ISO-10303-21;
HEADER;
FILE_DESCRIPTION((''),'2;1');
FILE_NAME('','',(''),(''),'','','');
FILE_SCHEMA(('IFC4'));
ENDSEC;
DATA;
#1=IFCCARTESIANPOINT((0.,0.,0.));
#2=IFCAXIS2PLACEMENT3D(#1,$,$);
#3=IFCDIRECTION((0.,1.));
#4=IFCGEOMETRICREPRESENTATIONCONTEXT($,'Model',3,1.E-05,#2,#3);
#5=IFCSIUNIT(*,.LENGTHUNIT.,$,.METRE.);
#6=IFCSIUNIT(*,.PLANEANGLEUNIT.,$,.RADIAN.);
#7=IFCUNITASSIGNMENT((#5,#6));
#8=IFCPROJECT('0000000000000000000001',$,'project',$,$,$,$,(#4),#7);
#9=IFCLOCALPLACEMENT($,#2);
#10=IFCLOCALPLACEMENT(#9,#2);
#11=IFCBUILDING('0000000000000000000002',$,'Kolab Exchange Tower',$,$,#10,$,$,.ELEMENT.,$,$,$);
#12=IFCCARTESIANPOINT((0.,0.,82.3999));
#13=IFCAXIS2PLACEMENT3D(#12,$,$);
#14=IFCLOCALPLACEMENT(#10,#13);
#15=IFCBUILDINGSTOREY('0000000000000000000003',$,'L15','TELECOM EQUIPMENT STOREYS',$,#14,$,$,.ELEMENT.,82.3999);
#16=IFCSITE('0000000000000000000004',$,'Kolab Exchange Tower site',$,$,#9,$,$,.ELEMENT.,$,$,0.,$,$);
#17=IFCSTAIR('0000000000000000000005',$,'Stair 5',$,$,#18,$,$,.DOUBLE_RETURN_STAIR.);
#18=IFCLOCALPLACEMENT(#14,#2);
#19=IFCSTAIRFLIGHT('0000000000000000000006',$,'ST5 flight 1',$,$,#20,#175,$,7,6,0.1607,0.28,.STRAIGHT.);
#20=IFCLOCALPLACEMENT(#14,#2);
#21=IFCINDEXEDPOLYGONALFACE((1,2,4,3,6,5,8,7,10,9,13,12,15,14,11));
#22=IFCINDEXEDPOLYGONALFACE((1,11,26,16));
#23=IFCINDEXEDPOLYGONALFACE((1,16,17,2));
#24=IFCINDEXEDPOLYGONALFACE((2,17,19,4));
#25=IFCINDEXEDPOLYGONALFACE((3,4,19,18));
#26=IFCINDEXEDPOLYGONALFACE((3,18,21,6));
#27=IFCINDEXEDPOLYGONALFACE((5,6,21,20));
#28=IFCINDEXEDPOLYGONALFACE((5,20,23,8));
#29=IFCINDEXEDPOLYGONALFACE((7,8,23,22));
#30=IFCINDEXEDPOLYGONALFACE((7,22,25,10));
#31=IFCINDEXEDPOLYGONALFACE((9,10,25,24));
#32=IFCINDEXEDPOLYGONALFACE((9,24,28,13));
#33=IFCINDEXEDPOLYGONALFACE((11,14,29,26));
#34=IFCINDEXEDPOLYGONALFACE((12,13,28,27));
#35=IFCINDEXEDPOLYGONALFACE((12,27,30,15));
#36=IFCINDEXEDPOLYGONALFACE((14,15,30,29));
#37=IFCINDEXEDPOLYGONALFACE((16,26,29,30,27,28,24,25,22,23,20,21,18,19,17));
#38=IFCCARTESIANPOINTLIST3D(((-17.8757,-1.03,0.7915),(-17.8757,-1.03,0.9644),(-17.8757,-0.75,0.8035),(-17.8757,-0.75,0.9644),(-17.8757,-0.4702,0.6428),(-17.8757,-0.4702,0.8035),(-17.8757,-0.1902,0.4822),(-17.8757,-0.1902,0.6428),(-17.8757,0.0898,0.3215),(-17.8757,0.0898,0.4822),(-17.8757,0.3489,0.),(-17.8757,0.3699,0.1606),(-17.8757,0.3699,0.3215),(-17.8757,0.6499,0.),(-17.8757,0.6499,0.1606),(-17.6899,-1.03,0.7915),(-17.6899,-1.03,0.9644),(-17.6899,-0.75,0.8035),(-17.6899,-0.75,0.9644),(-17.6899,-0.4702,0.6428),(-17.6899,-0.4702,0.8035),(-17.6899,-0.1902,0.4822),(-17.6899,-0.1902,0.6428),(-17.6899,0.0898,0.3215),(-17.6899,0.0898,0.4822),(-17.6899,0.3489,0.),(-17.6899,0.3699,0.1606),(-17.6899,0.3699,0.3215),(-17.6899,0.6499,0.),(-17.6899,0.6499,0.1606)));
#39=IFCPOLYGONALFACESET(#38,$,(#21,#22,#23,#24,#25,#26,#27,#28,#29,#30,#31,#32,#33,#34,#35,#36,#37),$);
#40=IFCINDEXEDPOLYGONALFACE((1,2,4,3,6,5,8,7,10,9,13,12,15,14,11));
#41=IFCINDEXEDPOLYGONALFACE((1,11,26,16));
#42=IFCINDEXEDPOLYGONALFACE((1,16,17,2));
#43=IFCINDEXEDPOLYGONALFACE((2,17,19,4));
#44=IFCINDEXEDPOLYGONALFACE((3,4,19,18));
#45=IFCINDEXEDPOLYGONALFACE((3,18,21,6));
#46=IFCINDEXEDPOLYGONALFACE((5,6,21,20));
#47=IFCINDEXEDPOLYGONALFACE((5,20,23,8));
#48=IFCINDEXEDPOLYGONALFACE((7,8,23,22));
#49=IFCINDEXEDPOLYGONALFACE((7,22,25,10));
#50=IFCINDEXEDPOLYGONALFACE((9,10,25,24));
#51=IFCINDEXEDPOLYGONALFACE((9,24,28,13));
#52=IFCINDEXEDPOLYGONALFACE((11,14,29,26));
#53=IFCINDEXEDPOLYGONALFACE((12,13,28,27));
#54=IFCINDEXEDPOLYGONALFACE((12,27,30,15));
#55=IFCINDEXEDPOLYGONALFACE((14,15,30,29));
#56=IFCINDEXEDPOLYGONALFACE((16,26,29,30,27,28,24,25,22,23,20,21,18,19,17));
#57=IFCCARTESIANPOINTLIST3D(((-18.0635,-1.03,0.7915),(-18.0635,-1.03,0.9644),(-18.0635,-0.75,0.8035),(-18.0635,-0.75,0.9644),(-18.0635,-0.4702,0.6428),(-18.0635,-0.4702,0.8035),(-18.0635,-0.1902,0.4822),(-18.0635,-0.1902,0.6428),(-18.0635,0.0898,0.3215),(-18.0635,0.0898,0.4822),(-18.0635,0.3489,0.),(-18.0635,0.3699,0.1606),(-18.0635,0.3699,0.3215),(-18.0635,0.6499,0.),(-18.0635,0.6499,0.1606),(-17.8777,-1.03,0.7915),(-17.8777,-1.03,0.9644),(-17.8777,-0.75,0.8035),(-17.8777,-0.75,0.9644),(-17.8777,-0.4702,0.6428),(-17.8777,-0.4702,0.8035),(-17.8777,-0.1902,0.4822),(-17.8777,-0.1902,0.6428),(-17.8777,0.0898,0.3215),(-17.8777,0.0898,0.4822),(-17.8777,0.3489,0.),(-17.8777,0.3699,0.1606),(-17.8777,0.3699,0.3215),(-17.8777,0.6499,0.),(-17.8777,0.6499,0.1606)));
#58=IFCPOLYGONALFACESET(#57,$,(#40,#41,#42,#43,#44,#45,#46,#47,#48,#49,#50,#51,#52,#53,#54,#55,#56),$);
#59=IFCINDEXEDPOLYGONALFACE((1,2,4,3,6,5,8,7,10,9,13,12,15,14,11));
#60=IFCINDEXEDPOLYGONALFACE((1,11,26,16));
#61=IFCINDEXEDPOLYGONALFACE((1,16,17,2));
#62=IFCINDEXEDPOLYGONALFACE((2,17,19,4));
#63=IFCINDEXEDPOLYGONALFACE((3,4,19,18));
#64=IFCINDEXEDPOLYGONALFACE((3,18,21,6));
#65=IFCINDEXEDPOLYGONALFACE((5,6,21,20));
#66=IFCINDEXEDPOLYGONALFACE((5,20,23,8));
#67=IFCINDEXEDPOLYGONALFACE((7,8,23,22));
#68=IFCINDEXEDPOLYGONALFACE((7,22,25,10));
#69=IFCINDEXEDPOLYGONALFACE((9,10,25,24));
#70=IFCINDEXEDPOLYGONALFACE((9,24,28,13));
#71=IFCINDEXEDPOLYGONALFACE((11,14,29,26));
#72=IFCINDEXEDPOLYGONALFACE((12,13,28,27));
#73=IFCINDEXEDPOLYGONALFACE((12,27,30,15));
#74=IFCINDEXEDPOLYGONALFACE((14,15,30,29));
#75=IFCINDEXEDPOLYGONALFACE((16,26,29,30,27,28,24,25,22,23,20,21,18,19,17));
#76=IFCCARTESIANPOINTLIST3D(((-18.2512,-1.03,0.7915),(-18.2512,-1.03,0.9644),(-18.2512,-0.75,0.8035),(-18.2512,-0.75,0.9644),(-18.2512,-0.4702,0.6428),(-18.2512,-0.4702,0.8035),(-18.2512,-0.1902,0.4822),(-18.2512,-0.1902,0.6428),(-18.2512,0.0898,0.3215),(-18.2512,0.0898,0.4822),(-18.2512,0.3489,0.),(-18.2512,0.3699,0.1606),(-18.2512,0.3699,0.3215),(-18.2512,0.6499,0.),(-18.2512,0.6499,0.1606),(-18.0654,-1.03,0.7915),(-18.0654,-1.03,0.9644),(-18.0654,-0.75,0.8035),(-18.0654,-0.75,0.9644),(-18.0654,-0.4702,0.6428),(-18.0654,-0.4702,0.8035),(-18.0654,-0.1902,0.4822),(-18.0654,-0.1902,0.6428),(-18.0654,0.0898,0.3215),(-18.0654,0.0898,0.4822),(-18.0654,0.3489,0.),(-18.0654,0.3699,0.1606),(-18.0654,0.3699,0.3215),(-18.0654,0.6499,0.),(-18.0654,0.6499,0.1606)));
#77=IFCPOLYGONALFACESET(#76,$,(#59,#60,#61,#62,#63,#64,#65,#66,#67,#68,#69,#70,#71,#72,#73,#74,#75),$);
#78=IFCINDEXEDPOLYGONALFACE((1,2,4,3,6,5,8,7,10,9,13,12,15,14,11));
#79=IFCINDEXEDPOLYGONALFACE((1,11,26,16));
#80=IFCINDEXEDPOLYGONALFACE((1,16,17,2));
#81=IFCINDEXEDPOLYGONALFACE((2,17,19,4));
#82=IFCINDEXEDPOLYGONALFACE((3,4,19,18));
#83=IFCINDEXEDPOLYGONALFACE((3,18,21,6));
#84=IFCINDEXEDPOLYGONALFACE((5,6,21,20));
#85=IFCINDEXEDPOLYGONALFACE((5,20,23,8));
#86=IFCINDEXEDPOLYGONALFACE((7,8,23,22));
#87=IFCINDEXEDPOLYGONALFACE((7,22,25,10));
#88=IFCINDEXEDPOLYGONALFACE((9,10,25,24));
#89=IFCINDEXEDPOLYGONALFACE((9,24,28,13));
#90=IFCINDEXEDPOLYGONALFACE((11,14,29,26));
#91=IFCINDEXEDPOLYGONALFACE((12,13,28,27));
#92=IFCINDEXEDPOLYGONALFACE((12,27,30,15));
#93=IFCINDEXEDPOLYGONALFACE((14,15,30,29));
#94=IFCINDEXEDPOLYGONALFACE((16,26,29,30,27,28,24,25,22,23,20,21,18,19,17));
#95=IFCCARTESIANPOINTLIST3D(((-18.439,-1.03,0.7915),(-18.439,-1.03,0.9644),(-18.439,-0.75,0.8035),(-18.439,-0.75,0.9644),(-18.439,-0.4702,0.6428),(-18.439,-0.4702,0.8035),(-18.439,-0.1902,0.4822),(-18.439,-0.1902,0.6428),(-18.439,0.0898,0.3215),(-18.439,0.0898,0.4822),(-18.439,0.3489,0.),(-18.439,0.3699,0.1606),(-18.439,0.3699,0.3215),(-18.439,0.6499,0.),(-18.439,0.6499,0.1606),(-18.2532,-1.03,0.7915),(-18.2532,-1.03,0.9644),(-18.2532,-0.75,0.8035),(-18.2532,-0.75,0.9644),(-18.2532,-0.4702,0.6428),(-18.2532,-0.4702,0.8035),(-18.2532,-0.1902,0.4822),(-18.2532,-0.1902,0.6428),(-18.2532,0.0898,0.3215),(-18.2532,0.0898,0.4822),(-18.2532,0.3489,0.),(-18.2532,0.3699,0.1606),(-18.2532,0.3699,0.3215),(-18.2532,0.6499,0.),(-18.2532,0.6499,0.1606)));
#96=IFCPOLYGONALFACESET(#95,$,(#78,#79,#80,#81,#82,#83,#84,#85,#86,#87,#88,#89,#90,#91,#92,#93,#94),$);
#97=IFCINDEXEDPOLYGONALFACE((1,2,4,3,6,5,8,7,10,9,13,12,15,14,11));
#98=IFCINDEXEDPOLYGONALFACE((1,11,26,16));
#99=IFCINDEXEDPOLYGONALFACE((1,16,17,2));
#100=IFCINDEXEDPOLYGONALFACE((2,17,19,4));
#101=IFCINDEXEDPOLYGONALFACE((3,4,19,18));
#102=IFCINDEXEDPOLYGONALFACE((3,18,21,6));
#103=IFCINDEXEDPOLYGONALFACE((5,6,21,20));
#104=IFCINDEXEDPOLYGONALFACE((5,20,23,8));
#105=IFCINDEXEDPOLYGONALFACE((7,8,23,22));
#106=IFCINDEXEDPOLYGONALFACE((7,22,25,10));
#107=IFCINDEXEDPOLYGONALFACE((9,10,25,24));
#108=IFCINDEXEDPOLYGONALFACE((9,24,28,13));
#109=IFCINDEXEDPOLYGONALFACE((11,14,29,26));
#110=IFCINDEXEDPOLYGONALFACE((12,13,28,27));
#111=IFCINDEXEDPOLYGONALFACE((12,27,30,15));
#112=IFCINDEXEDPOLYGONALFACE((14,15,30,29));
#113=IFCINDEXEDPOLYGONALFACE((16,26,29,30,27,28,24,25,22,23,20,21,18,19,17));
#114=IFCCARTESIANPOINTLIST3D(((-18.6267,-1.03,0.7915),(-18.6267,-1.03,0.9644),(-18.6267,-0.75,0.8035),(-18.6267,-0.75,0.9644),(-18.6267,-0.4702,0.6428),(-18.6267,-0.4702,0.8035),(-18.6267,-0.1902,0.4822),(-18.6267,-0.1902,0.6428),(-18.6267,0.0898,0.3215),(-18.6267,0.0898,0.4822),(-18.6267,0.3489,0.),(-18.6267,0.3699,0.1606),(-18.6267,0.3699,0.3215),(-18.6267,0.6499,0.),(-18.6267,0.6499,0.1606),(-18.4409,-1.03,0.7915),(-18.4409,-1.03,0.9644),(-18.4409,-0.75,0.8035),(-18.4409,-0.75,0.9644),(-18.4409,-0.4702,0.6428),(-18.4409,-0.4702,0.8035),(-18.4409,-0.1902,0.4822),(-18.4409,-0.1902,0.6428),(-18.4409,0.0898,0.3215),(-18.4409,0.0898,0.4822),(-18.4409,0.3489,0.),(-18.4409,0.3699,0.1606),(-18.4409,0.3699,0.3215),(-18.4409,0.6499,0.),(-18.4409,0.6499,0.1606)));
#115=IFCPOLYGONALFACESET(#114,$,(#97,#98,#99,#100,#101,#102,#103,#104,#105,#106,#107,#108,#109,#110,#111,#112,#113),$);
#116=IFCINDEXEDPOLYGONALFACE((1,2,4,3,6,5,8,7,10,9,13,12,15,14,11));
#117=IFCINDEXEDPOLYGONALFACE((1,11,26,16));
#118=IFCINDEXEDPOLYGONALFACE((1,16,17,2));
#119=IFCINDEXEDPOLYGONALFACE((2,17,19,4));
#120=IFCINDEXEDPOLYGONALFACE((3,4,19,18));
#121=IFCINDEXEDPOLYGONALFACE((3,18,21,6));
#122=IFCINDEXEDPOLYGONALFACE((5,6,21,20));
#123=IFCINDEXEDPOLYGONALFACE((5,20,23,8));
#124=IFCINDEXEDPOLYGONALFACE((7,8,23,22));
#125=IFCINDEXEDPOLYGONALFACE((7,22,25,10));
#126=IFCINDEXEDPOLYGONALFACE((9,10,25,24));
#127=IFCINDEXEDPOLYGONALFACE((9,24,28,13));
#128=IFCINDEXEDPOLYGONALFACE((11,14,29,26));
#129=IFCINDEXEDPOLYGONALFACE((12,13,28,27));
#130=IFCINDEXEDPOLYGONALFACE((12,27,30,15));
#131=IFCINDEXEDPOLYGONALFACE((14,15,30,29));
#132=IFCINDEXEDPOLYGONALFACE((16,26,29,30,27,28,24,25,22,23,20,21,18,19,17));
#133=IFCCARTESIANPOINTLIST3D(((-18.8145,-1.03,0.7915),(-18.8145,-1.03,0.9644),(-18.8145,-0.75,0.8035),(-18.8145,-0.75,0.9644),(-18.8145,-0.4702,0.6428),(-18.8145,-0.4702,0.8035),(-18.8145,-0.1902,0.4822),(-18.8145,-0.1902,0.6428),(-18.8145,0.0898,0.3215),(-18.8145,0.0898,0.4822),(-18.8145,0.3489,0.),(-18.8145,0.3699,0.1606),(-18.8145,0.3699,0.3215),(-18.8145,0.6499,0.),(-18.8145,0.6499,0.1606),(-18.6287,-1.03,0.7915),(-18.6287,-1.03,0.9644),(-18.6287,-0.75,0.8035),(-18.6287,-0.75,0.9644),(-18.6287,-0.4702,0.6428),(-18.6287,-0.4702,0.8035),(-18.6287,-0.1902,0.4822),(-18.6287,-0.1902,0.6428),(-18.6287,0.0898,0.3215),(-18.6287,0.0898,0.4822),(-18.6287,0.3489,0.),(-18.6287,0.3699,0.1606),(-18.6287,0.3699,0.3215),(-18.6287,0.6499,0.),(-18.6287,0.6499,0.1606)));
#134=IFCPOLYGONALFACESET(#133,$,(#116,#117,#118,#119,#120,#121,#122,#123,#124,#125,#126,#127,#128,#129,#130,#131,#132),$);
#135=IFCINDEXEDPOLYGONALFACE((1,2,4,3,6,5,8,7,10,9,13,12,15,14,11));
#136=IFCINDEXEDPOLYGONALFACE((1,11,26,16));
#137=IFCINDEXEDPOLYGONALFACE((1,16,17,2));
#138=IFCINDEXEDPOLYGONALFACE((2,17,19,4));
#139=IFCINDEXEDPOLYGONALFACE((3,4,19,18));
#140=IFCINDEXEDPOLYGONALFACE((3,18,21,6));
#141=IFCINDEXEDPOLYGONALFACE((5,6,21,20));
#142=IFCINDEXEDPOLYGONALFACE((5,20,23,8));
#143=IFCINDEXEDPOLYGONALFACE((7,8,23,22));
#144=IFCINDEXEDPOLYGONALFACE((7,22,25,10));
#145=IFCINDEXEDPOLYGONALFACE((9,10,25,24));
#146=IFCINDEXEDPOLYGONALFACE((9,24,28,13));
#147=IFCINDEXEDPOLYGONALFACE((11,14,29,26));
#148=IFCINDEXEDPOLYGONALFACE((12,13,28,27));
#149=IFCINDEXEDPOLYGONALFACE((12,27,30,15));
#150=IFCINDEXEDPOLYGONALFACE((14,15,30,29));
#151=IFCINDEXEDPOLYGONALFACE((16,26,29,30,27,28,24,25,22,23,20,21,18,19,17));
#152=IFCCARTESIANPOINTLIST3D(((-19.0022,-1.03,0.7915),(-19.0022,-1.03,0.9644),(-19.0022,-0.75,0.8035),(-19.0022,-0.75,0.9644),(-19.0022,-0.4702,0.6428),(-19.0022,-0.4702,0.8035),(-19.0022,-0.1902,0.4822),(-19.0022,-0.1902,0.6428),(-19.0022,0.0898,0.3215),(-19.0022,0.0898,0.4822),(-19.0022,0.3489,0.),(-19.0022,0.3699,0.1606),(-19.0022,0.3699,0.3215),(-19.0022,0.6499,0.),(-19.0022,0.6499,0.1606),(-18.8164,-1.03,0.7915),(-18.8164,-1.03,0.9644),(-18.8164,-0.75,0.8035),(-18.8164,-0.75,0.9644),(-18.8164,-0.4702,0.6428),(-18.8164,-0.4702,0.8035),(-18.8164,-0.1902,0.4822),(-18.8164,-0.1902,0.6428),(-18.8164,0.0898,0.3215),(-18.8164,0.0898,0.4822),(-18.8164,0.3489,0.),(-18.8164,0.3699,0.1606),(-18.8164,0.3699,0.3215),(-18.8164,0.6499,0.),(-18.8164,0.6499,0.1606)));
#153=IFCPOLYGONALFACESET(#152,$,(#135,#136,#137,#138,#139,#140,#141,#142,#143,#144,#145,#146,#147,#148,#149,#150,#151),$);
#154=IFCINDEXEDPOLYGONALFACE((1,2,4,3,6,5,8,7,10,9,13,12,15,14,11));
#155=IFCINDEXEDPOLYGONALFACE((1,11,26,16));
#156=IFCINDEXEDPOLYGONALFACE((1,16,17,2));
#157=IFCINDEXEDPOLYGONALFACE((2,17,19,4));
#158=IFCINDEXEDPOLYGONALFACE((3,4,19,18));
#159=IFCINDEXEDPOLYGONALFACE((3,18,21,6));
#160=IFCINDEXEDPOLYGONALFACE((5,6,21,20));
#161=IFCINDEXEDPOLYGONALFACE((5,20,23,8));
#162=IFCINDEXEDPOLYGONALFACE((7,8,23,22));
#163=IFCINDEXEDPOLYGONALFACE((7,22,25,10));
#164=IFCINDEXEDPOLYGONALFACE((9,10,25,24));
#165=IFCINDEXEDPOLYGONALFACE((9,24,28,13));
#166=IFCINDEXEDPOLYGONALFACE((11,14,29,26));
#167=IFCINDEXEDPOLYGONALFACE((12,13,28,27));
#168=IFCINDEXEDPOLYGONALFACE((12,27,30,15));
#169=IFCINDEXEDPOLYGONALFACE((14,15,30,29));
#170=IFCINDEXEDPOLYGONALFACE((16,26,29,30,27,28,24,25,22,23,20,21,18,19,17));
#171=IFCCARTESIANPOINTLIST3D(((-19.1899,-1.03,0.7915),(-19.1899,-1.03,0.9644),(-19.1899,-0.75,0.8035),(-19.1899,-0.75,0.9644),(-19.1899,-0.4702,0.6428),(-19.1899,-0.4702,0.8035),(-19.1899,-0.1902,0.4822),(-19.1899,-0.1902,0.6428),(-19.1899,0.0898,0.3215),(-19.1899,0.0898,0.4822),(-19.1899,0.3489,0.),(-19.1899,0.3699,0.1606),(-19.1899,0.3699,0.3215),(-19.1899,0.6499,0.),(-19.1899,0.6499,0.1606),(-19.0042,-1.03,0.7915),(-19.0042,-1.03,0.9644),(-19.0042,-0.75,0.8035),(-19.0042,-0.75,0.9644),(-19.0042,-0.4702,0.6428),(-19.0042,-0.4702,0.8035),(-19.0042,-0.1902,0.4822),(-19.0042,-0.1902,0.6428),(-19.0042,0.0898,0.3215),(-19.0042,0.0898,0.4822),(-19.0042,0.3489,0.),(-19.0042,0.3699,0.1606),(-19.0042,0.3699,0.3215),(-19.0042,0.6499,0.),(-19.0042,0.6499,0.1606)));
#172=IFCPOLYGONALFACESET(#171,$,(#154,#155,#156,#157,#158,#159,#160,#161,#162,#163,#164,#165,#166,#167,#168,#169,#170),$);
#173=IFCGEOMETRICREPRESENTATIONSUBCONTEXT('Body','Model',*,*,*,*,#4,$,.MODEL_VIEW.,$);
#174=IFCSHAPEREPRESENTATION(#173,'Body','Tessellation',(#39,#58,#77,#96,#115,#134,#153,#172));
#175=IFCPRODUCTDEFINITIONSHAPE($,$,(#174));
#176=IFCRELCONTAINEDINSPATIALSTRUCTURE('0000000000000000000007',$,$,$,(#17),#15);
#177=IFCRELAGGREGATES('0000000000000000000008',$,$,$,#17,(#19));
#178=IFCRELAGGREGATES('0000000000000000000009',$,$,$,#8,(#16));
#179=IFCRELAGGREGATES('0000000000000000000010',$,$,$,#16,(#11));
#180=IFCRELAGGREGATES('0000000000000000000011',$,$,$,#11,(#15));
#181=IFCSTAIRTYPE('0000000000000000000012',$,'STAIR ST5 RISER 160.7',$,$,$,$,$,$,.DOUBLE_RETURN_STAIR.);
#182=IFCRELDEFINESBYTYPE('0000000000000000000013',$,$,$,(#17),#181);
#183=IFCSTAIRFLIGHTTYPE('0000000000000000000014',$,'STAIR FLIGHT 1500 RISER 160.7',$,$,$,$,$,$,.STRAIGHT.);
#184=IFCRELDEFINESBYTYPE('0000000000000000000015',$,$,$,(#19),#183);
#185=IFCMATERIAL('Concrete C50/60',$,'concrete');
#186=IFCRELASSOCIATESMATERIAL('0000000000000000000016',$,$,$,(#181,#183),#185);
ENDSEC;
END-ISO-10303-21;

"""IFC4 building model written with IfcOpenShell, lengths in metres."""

from ifc_helpers import new_model, si_unit, direction, frame, origin, place, context, subcontext, project, spatial, polyline, outline, extrude, material, type_object, element, aggregate, save


model = new_model("IFC4")

# Units and contexts
model_context = context("Model", 3, precision=1e-05, world=origin(), true_north=direction((0.0, 1.0)))
body_context = subcontext(model_context, "Body", "Model", "MODEL_VIEW")
ifc_project = project(units=[si_unit("LENGTHUNIT", "METRE"), si_unit("PLANEANGLEUNIT", "RADIAN")], contexts=[model_context])

# Site, building, storey
site_placement = place(None, origin())
site = spatial("IfcSite", under=ifc_project, at=site_placement, Name="Kolab Exchange Tower site", CompositionType="ELEMENT", RefElevation=0.0)
building_placement = place(site_placement, origin())
building = spatial("IfcBuilding", under=site, at=building_placement, Name="Kolab Exchange Tower", CompositionType="ELEMENT")
storey_placement = place(building_placement, frame((0.0, 0.0, 82.3999)))
storey = spatial("IfcBuildingStorey", under=building, at=storey_placement, Name="L15", Description="TELECOM EQUIPMENT STOREYS", CompositionType="ELEMENT", Elevation=82.3999)

# Shared definitions
ifc_material_1 = material(Name="Concrete C50/60", Category="concrete")

# Stair, stair flight
stair_type = type_object("IfcStairType", Name="STAIR ST5 RISER 160.7", PredefinedType="DOUBLE_RETURN_STAIR", material=ifc_material_1)
stair_placement = place(storey_placement, origin())
stair = element("IfcStair", 1, at=stair_placement, inside=storey, type_object=stair_type, Name="Stair 5", PredefinedType="DOUBLE_RETURN_STAIR")
stair_flight_type = type_object("IfcStairFlightType", Name="STAIR FLIGHT 1500 RISER 160.7", PredefinedType="STRAIGHT", material=ifc_material_1)
stair_flight_1_placement = place(storey_placement, frame((-18.4399, 0.6499, 0.0), z_axis=(0.0, 0.0, 1.0), x_axis=(0.0, -1.0, 0.0)))
stair_flight_1 = element("IfcStairFlight", 2, at=stair_flight_1_placement, type_object=stair_flight_type, Name="ST5 flight 1", NumberOfRisers=7, NumberOfTreads=6, PredefinedType="STRAIGHT", RiserHeight=0.1607, TreadLength=0.28, context=body_context, shape_type="SweptSolid", body=[
    extrude(outline(polyline([(0.0, 0.0), (0.0, 0.1606), (0.28, 0.1606), (0.28, 0.3215), (0.5601, 0.3215), (0.5601, 0.4822), (0.8401, 0.4822), (0.8401, 0.6428), (1.1201, 0.6428), (1.1201, 0.8035), (1.3999, 0.8035), (1.3999, 0.9644), (1.6799, 0.9644), (1.6799, 1.125), (1.6799, 0.7915), (0.301, 0.0), (0.0, 0.0)])), frame((0.0, 0.75, 0.0), z_axis=(0.0, -1.0, 0.0), x_axis=(1.0, 0.0, 0.0)), (0.0, 0.0, 1.0), 0.1858),
    extrude(outline(polyline([(0.0, 0.0), (0.0, 0.1606), (0.28, 0.1606), (0.28, 0.3215), (0.5601, 0.3215), (0.5601, 0.4822), (0.8401, 0.4822), (0.8401, 0.6428), (1.1201, 0.6428), (1.1201, 0.8035), (1.3999, 0.8035), (1.3999, 0.9644), (1.6799, 0.9644), (1.6799, 1.125), (1.6799, 0.7915), (0.301, 0.0), (0.0, 0.0)])), frame((0.0, 0.5623, 0.0), z_axis=(0.0, -1.0, 0.0), x_axis=(1.0, 0.0, 0.0)), (0.0, 0.0, 1.0), 0.1858),
    extrude(outline(polyline([(0.0, 0.0), (0.0, 0.1606), (0.28, 0.1606), (0.28, 0.3215), (0.5601, 0.3215), (0.5601, 0.4822), (0.8401, 0.4822), (0.8401, 0.6428), (1.1201, 0.6428), (1.1201, 0.8035), (1.3999, 0.8035), (1.3999, 0.9644), (1.6799, 0.9644), (1.6799, 1.125), (1.6799, 0.7915), (0.301, 0.0), (0.0, 0.0)])), frame((0.0, 0.3745, 0.0), z_axis=(0.0, -1.0, 0.0), x_axis=(1.0, 0.0, 0.0)), (0.0, 0.0, 1.0), 0.1858),
    extrude(outline(polyline([(0.0, 0.0), (0.0, 0.1606), (0.28, 0.1606), (0.28, 0.3215), (0.5601, 0.3215), (0.5601, 0.4822), (0.8401, 0.4822), (0.8401, 0.6428), (1.1201, 0.6428), (1.1201, 0.8035), (1.3999, 0.8035), (1.3999, 0.9644), (1.6799, 0.9644), (1.6799, 1.125), (1.6799, 0.7915), (0.301, 0.0), (0.0, 0.0)])), frame((0.0, 0.1868, 0.0), z_axis=(0.0, -1.0, 0.0), x_axis=(1.0, 0.0, 0.0)), (0.0, 0.0, 1.0), 0.1858),
    extrude(outline(polyline([(0.0, 0.0), (0.0, 0.1606), (0.28, 0.1606), (0.28, 0.3215), (0.5601, 0.3215), (0.5601, 0.4822), (0.8401, 0.4822), (0.8401, 0.6428), (1.1201, 0.6428), (1.1201, 0.8035), (1.3999, 0.8035), (1.3999, 0.9644), (1.6799, 0.9644), (1.6799, 1.125), (1.6799, 0.7915), (0.301, 0.0), (0.0, 0.0)])), frame((0.0, -0.001, 0.0), z_axis=(0.0, -1.0, 0.0), x_axis=(1.0, 0.0, 0.0)), (0.0, 0.0, 1.0), 0.1858),
    extrude(outline(polyline([(0.0, 0.0), (0.0, 0.1606), (0.28, 0.1606), (0.28, 0.3215), (0.5601, 0.3215), (0.5601, 0.4822), (0.8401, 0.4822), (0.8401, 0.6428), (1.1201, 0.6428), (1.1201, 0.8035), (1.3999, 0.8035), (1.3999, 0.9644), (1.6799, 0.9644), (1.6799, 1.125), (1.6799, 0.7915), (0.301, 0.0), (0.0, 0.0)])), frame((0.0, -0.1887, 0.0), z_axis=(0.0, -1.0, 0.0), x_axis=(1.0, 0.0, 0.0)), (0.0, 0.0, 1.0), 0.1858),
    extrude(outline(polyline([(0.0, 0.0), (0.0, 0.1606), (0.28, 0.1606), (0.28, 0.3215), (0.5601, 0.3215), (0.5601, 0.4822), (0.8401, 0.4822), (0.8401, 0.6428), (1.1201, 0.6428), (1.1201, 0.8035), (1.3999, 0.8035), (1.3999, 0.9644), (1.6799, 0.9644), (1.6799, 1.125), (1.6799, 0.7915), (0.301, 0.0), (0.0, 0.0)])), frame((0.0, -0.3765, 0.0), z_axis=(0.0, -1.0, 0.0), x_axis=(1.0, 0.0, 0.0)), (0.0, 0.0, 1.0), 0.1858),
    extrude(outline(polyline([(0.0, 0.0), (0.0, 0.1606), (0.28, 0.1606), (0.28, 0.3215), (0.5601, 0.3215), (0.5601, 0.4822), (0.8401, 0.4822), (0.8401, 0.6428), (1.1201, 0.6428), (1.1201, 0.8035), (1.3999, 0.8035), (1.3999, 0.9644), (1.6799, 0.9644), (1.6799, 1.125), (1.6799, 0.7915), (0.301, 0.0), (0.0, 0.0)])), frame((0.0, -0.5642, 0.0), z_axis=(0.0, -1.0, 0.0), x_axis=(1.0, 0.0, 0.0)), (0.0, 0.0, 1.0), 0.1858),
])
aggregate(stair, [stair_flight_1])

save(model, "model.ifc")
